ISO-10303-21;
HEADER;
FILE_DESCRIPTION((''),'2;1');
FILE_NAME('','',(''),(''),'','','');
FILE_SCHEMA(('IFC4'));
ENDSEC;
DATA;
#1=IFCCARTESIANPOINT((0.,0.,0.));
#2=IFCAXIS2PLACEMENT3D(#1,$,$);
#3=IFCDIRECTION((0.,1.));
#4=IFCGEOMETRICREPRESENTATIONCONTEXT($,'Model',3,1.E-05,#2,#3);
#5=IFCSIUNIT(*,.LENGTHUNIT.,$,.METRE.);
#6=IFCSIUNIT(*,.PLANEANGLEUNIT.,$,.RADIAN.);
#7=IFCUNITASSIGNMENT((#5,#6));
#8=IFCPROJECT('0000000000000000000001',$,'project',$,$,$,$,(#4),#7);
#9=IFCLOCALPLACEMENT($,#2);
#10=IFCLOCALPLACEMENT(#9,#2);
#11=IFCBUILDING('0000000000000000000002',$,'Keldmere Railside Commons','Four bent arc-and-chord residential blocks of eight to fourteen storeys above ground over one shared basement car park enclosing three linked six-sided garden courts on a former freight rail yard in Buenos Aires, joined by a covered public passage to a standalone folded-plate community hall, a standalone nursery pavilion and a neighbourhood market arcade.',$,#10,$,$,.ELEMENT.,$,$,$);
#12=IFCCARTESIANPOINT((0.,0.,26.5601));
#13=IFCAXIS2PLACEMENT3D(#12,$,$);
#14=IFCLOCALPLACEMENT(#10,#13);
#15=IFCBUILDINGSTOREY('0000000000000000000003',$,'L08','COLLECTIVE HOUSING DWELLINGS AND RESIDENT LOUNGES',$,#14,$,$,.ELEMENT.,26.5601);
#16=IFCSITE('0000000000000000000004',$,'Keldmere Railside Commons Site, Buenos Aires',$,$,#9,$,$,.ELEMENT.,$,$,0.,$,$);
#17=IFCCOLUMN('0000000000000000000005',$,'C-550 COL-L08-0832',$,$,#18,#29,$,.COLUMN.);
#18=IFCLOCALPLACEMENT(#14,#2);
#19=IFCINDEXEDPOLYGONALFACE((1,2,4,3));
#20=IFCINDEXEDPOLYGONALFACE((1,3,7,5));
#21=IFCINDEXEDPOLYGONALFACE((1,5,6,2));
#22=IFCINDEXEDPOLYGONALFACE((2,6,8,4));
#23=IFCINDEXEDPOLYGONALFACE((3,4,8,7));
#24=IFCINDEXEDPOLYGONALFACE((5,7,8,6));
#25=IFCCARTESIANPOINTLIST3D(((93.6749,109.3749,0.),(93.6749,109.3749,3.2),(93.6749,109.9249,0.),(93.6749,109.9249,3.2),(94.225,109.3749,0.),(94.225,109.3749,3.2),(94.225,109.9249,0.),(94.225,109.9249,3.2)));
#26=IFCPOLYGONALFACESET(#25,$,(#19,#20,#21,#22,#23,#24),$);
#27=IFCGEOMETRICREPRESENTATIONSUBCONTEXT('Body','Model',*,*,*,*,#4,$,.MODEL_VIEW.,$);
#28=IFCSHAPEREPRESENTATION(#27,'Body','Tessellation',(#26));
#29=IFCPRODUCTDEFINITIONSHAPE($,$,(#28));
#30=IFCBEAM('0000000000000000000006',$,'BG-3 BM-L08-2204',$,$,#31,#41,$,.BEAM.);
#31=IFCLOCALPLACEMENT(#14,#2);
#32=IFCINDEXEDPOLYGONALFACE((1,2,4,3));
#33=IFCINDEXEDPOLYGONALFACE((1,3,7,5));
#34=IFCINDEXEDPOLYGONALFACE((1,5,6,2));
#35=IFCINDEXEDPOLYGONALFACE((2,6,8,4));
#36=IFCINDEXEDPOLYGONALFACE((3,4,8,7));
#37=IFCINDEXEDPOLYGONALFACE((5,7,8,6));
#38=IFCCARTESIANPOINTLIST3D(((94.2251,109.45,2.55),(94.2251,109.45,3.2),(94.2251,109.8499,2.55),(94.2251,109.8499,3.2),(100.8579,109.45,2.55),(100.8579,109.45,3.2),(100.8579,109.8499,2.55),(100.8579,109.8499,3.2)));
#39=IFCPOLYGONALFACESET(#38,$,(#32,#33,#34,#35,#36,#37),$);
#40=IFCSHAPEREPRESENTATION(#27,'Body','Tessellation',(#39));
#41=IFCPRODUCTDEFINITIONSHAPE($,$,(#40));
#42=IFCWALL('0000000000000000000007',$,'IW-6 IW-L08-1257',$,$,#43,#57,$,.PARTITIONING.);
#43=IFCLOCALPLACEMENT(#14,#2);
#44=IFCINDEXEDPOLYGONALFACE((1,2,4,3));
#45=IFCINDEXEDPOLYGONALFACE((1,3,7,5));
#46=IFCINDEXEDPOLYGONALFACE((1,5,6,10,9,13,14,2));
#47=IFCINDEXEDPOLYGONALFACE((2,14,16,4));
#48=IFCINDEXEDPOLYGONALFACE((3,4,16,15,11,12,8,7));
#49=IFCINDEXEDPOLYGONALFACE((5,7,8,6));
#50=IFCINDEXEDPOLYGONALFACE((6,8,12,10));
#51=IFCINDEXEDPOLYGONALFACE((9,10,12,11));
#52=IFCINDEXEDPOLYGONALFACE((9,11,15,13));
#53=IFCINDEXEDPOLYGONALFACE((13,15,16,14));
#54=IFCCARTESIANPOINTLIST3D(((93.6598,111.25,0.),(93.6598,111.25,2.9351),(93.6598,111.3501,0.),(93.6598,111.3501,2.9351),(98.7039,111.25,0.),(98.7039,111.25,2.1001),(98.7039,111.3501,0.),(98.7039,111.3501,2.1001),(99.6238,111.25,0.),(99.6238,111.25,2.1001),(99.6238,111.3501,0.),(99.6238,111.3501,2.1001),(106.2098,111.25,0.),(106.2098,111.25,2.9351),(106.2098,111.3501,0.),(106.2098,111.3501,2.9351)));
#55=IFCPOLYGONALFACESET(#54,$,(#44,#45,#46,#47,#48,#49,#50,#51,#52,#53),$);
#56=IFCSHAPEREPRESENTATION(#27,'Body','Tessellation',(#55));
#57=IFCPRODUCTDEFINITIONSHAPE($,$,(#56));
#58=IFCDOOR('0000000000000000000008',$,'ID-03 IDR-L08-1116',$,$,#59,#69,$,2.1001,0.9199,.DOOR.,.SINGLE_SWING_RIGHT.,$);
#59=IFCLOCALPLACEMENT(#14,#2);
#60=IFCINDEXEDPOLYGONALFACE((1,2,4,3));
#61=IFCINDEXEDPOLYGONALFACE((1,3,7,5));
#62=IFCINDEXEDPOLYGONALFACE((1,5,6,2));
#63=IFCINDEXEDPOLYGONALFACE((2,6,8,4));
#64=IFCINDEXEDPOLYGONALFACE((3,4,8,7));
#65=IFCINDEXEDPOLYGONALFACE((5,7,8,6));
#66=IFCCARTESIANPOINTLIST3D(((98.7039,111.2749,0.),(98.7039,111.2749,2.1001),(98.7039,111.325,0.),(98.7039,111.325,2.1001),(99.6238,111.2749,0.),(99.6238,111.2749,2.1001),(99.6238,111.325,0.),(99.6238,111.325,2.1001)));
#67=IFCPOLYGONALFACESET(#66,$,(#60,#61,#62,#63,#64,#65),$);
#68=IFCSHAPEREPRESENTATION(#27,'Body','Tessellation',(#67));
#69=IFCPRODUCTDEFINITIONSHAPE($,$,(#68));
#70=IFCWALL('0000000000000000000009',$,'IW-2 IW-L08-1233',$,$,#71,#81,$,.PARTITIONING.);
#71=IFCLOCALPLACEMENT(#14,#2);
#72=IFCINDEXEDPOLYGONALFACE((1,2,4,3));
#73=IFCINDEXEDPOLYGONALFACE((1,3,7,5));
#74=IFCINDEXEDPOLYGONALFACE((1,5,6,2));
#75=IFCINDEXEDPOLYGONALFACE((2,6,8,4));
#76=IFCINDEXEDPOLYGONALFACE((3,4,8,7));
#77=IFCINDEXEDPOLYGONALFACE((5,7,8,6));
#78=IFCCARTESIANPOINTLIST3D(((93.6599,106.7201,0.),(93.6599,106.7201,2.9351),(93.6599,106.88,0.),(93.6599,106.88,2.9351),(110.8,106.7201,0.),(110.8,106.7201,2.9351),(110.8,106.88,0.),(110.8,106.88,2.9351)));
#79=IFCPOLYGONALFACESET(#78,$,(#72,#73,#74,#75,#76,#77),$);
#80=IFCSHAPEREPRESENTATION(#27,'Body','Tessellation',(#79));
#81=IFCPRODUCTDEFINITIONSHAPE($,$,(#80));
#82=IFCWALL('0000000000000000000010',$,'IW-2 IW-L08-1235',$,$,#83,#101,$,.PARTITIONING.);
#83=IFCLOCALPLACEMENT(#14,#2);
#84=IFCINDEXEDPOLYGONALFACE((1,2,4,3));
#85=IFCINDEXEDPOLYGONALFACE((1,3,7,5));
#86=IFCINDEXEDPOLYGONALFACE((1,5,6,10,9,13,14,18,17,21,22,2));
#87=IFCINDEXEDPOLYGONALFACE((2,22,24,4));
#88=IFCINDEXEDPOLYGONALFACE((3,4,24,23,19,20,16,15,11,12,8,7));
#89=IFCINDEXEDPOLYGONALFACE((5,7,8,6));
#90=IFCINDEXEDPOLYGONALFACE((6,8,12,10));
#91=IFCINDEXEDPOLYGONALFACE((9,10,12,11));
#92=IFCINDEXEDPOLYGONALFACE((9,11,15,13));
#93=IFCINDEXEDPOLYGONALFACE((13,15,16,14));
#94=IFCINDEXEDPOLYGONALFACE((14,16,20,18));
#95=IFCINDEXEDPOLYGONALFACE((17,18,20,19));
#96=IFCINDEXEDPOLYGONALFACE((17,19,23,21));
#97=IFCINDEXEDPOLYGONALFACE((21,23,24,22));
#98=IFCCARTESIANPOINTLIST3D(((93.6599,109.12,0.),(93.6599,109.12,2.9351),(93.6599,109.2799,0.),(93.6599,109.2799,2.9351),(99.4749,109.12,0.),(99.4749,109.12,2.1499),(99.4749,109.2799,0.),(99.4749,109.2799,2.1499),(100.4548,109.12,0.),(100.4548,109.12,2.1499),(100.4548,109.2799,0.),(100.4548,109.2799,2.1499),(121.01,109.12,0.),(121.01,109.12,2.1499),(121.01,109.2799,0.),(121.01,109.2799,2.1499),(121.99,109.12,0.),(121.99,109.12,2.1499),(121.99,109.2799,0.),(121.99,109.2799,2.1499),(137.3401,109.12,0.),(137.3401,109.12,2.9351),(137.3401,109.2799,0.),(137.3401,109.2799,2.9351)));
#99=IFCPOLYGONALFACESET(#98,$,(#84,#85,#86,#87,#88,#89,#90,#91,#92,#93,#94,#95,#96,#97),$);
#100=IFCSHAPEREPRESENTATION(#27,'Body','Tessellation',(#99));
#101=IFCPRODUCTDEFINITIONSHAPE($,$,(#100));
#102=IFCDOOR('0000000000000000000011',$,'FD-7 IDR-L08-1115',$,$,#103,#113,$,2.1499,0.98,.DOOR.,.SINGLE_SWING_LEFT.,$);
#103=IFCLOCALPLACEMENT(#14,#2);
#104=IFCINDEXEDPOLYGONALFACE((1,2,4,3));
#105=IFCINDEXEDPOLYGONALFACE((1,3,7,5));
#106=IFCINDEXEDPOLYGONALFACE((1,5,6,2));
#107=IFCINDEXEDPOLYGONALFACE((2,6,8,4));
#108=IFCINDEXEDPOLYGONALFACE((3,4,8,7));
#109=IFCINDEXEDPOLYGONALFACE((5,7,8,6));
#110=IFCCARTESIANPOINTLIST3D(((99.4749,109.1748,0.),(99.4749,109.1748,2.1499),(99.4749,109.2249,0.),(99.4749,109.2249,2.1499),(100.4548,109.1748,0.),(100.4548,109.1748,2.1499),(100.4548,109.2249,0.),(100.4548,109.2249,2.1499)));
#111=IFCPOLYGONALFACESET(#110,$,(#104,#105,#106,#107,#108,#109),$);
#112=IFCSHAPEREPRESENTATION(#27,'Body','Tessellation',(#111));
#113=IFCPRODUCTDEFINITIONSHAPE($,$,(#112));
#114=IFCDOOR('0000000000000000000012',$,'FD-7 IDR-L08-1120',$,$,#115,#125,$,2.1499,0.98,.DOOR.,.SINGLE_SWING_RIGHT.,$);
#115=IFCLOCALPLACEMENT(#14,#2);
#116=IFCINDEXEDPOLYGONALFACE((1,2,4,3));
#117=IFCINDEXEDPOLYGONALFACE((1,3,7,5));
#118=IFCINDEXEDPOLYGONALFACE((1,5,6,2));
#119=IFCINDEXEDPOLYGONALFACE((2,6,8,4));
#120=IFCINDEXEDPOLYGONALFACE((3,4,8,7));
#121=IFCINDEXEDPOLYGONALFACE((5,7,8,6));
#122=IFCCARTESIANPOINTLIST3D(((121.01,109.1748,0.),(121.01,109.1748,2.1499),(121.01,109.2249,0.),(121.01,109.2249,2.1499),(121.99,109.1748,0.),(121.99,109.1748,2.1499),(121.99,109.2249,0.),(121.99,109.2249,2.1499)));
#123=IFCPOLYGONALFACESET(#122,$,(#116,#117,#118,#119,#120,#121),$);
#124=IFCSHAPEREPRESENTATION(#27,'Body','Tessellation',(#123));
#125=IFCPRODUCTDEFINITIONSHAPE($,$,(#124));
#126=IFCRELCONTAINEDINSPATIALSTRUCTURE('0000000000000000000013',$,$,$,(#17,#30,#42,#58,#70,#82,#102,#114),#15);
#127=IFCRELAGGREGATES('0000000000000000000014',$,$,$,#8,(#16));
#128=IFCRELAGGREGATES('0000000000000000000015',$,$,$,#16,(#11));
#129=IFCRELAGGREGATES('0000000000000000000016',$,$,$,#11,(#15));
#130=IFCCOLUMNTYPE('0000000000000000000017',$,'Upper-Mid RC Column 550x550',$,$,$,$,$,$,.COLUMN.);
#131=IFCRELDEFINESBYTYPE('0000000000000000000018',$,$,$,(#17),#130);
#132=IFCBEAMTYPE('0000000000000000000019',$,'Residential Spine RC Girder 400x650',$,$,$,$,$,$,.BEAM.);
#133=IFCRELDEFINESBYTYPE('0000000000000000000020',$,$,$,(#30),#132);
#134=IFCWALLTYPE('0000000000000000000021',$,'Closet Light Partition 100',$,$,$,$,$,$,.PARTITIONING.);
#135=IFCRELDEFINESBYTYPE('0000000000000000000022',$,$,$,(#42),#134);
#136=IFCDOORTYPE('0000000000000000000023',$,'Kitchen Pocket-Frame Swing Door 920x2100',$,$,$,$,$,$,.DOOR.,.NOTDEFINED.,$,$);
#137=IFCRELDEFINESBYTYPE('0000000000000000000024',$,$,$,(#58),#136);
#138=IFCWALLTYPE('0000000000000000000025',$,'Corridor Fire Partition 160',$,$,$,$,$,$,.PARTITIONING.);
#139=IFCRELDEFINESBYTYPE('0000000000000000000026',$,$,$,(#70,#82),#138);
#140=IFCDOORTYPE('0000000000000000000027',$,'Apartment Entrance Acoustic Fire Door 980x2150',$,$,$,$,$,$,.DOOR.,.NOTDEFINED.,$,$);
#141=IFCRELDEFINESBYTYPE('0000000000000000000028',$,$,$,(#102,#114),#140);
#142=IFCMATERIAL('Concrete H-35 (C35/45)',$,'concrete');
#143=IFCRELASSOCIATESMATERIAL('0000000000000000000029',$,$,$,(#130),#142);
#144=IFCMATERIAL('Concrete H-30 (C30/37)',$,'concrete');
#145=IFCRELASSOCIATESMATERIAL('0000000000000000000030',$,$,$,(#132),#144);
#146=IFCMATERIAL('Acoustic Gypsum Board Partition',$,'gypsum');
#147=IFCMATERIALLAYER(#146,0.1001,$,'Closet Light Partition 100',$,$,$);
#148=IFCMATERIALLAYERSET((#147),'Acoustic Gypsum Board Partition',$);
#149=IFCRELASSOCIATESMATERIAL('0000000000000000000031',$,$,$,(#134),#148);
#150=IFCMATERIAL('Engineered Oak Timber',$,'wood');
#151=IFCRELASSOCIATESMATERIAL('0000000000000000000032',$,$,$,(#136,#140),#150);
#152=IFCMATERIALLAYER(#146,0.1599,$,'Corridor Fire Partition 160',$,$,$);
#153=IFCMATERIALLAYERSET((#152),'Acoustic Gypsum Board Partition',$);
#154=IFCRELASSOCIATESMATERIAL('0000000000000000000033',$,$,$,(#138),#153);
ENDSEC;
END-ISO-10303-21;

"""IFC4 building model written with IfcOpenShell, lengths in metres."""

from ifc_helpers import new_model, si_unit, direction, frame, frame_2d, origin, origin_2d, place, context, subcontext, project, spatial, rectangle, extrude, material, layer, layer_set, material_profile, profile_set, type_object, element, fill, save


model = new_model("IFC4")

# Units and contexts
model_context = context("Model", 3, precision=1e-05, world=origin(), true_north=direction((0.0, 1.0)))
body_context = subcontext(model_context, "Body", "Model", "MODEL_VIEW")
ifc_project = project(units=[si_unit("LENGTHUNIT", "METRE"), si_unit("PLANEANGLEUNIT", "RADIAN")], contexts=[model_context])

# Site, building, storey
site_placement = place(None, origin())
site = spatial("IfcSite", under=ifc_project, at=site_placement, Name="Keldmere Railside Commons Site, Buenos Aires", CompositionType="ELEMENT", RefElevation=0.0)
building_placement = place(site_placement, origin())
building = spatial("IfcBuilding", under=site, at=building_placement, Name="Keldmere Railside Commons", Description="Four bent arc-and-chord residential blocks of eight to fourteen storeys above ground over one shared basement car park enclosing three linked six-sided garden courts on a former freight rail yard in Buenos Aires, joined by a covered public passage to a standalone folded-plate community hall, a standalone nursery pavilion and a neighbourhood market arcade.", CompositionType="ELEMENT")
storey_placement = place(building_placement, frame((0.0, 0.0, 26.5601)))
storey = spatial("IfcBuildingStorey", under=building, at=storey_placement, Name="L08", Description="COLLECTIVE HOUSING DWELLINGS AND RESIDENT LOUNGES", CompositionType="ELEMENT", Elevation=26.5601)

# Column
ifc_material_1 = material(Name="Concrete H-35 (C35/45)", Category="concrete")
ifc_material_profile_1 = material_profile(ifc_material_1, rectangle(XDim=0.55, YDim=0.55, at=origin_2d()), Name="RC-550x550")
ifc_profile_set_1 = profile_set([ifc_material_profile_1], Name="Concrete H-35 (C35/45)")
column_type = type_object("IfcColumnType", Name="Upper-Mid RC Column 550x550", PredefinedType="COLUMN", material=ifc_profile_set_1)
column_placement = place(storey_placement, frame((93.95, 109.6499, 0.0), z_axis=(0.0, 0.0, 1.0), x_axis=(1.0, 0.0, 0.0)))
element("IfcColumn", 1, at=column_placement, inside=storey, type_object=column_type, Name="C-550 COL-L08-0832", PredefinedType="COLUMN", context=body_context, shape_type="SweptSolid", body=[
    extrude(rectangle(XDim=0.55, YDim=0.55, at=origin_2d()), origin(), (0.0, 0.0, 1.0), 3.2),
])

# Beam
ifc_material_2 = material(Name="Concrete H-30 (C30/37)", Category="concrete")
ifc_material_profile_2 = material_profile(ifc_material_2, rectangle(XDim=0.3999, YDim=0.6499, at=origin_2d()), Name="RC-400x650")
ifc_profile_set_2 = profile_set([ifc_material_profile_2], Name="Concrete H-30 (C30/37)")
beam_type = type_object("IfcBeamType", Name="Residential Spine RC Girder 400x650", PredefinedType="BEAM", material=ifc_profile_set_2)
beam_placement = place(storey_placement, frame((94.2251, 109.6499, 2.875), z_axis=(1.0, 0.0, 0.0), x_axis=(0.0, 1.0, 0.0)))
element("IfcBeam", 2, at=beam_placement, inside=storey, type_object=beam_type, Name="BG-3 BM-L08-2204", PredefinedType="BEAM", context=body_context, shape_type="SweptSolid", body=[
    extrude(rectangle(XDim=0.3999, YDim=0.6499, at=origin_2d()), origin(), (0.0, 0.0, 1.0), 6.6328),
])

# Wall, opening, door
ifc_material_3 = material(Name="Acoustic Gypsum Board Partition", Category="gypsum")
ifc_layer_1 = layer(ifc_material_3, 0.1001, Name="Closet Light Partition 100")
ifc_layer_set_1 = layer_set([ifc_layer_1], Name="Acoustic Gypsum Board Partition")
wall_type_1 = type_object("IfcWallType", Name="Closet Light Partition 100", PredefinedType="PARTITIONING", material=ifc_layer_set_1)
wall_1_placement = place(storey_placement, frame((93.6599, 111.3, 0.0), z_axis=(0.0, 0.0, 1.0), x_axis=(1.0, 0.0, 0.0)))
wall_1 = element("IfcWall", 3, at=wall_1_placement, inside=storey, type_object=wall_type_1, Name="IW-6 IW-L08-1257", PredefinedType="PARTITIONING", context=body_context, shape_type="SweptSolid", body=[
    extrude(rectangle(XDim=12.55, YDim=0.1001, at=frame_2d((6.2749, 0.0))), origin(), (0.0, 0.0, 1.0), 2.9351),
])
opening_1_placement = place(wall_1_placement, frame((5.0439, 0.0, 0.0)))
opening_1 = element("IfcOpeningElement", 4, at=opening_1_placement, cuts=wall_1, PredefinedType="OPENING", context=body_context, shape_type="SweptSolid", body=[
    extrude(rectangle(XDim=0.9199, YDim=2.1001, at=frame_2d((0.46, 1.05))), frame((0.0, 0.0601, 0.0), z_axis=(0.0, -1.0, 0.0), x_axis=(1.0, 0.0, 0.0)), (0.0, 0.0, 1.0), 0.1201),
])
ifc_material_4 = material(Name="Engineered Oak Timber", Category="wood")
door_type_1 = type_object("IfcDoorType", Name="Kitchen Pocket-Frame Swing Door 920x2100", OperationType="NOTDEFINED", PredefinedType="DOOR", material=ifc_material_4)
door_1_placement = place(opening_1_placement, origin())
door_1 = element("IfcDoor", 5, at=door_1_placement, inside=storey, type_object=door_type_1, Name="ID-03 IDR-L08-1116", OperationType="SINGLE_SWING_RIGHT", OverallHeight=2.1001, OverallWidth=0.9199, PredefinedType="DOOR", context=body_context, shape_type="SweptSolid", body=[
    extrude(rectangle(XDim=0.9199, YDim=2.1001, at=frame_2d((0.46, 1.05))), frame((0.0, 0.0249, 0.0), z_axis=(0.0, -1.0, 0.0), x_axis=(1.0, 0.0, 0.0)), (0.0, 0.0, 1.0), 0.05),
])
fill(opening_1, door_1)

# Wall
ifc_layer_2 = layer(ifc_material_3, 0.1599, Name="Corridor Fire Partition 160")
ifc_layer_set_2 = layer_set([ifc_layer_2], Name="Acoustic Gypsum Board Partition")
wall_type_2 = type_object("IfcWallType", Name="Corridor Fire Partition 160", PredefinedType="PARTITIONING", material=ifc_layer_set_2)
wall_2_placement = place(storey_placement, frame((93.6599, 106.8, 0.0), z_axis=(0.0, 0.0, 1.0), x_axis=(1.0, 0.0, 0.0)))
element("IfcWall", 6, at=wall_2_placement, inside=storey, type_object=wall_type_2, Name="IW-2 IW-L08-1233", PredefinedType="PARTITIONING", context=body_context, shape_type="SweptSolid", body=[
    extrude(rectangle(XDim=17.1401, YDim=0.1599, at=frame_2d((8.5701, 0.0))), origin(), (0.0, 0.0, 1.0), 2.9351),
])

# Wall, openings, doors
wall_3_placement = place(storey_placement, frame((93.6599, 109.2, 0.0), z_axis=(0.0, 0.0, 1.0), x_axis=(1.0, 0.0, 0.0)))
wall_3 = element("IfcWall", 7, at=wall_3_placement, inside=storey, type_object=wall_type_2, Name="IW-2 IW-L08-1235", PredefinedType="PARTITIONING", context=body_context, shape_type="SweptSolid", body=[
    extrude(rectangle(XDim=43.6802, YDim=0.1599, at=frame_2d((21.8401, 0.0))), origin(), (0.0, 0.0, 1.0), 2.9351),
])
opening_2_placement = place(wall_3_placement, frame((5.8149, 0.0, 0.0)))
opening_2 = element("IfcOpeningElement", 8, at=opening_2_placement, cuts=wall_3, PredefinedType="OPENING", context=body_context, shape_type="SweptSolid", body=[
    extrude(rectangle(XDim=0.98, YDim=2.1499, at=frame_2d((0.49, 1.075))), frame((0.0, 0.0898, 0.0), z_axis=(0.0, -1.0, 0.0), x_axis=(1.0, 0.0, 0.0)), (0.0, 0.0, 1.0), 0.1799),
])
opening_3_placement = place(wall_3_placement, frame((27.3501, 0.0, 0.0)))
opening_3 = element("IfcOpeningElement", 9, at=opening_3_placement, cuts=wall_3, PredefinedType="OPENING", context=body_context, shape_type="SweptSolid", body=[
    extrude(rectangle(XDim=0.98, YDim=2.1499, at=frame_2d((0.49, 1.075))), frame((0.0, 0.0898, 0.0), z_axis=(0.0, -1.0, 0.0), x_axis=(1.0, 0.0, 0.0)), (0.0, 0.0, 1.0), 0.1799),
])
door_type_2 = type_object("IfcDoorType", Name="Apartment Entrance Acoustic Fire Door 980x2150", OperationType="NOTDEFINED", PredefinedType="DOOR", material=ifc_material_4)
door_2_placement = place(opening_2_placement, origin())
door_2 = element("IfcDoor", 10, at=door_2_placement, inside=storey, type_object=door_type_2, Name="FD-7 IDR-L08-1115", OperationType="SINGLE_SWING_LEFT", OverallHeight=2.1499, OverallWidth=0.98, PredefinedType="DOOR", context=body_context, shape_type="SweptSolid", body=[
    extrude(rectangle(XDim=0.98, YDim=2.1499, at=frame_2d((0.49, 1.075))), frame((0.0, 0.0249, 0.0), z_axis=(0.0, -1.0, 0.0), x_axis=(1.0, 0.0, 0.0)), (0.0, 0.0, 1.0), 0.05),
])
fill(opening_2, door_2)
door_3_placement = place(opening_3_placement, origin())
door_3 = element("IfcDoor", 11, at=door_3_placement, inside=storey, type_object=door_type_2, Name="FD-7 IDR-L08-1120", OperationType="SINGLE_SWING_RIGHT", OverallHeight=2.1499, OverallWidth=0.98, PredefinedType="DOOR", context=body_context, shape_type="SweptSolid", body=[
    extrude(rectangle(XDim=0.98, YDim=2.1499, at=frame_2d((0.49, 1.075))), frame((0.0, 0.0249, 0.0), z_axis=(0.0, -1.0, 0.0), x_axis=(1.0, 0.0, 0.0)), (0.0, 0.0, 1.0), 0.05),
])
fill(opening_3, door_3)

save(model, "model.ifc")
